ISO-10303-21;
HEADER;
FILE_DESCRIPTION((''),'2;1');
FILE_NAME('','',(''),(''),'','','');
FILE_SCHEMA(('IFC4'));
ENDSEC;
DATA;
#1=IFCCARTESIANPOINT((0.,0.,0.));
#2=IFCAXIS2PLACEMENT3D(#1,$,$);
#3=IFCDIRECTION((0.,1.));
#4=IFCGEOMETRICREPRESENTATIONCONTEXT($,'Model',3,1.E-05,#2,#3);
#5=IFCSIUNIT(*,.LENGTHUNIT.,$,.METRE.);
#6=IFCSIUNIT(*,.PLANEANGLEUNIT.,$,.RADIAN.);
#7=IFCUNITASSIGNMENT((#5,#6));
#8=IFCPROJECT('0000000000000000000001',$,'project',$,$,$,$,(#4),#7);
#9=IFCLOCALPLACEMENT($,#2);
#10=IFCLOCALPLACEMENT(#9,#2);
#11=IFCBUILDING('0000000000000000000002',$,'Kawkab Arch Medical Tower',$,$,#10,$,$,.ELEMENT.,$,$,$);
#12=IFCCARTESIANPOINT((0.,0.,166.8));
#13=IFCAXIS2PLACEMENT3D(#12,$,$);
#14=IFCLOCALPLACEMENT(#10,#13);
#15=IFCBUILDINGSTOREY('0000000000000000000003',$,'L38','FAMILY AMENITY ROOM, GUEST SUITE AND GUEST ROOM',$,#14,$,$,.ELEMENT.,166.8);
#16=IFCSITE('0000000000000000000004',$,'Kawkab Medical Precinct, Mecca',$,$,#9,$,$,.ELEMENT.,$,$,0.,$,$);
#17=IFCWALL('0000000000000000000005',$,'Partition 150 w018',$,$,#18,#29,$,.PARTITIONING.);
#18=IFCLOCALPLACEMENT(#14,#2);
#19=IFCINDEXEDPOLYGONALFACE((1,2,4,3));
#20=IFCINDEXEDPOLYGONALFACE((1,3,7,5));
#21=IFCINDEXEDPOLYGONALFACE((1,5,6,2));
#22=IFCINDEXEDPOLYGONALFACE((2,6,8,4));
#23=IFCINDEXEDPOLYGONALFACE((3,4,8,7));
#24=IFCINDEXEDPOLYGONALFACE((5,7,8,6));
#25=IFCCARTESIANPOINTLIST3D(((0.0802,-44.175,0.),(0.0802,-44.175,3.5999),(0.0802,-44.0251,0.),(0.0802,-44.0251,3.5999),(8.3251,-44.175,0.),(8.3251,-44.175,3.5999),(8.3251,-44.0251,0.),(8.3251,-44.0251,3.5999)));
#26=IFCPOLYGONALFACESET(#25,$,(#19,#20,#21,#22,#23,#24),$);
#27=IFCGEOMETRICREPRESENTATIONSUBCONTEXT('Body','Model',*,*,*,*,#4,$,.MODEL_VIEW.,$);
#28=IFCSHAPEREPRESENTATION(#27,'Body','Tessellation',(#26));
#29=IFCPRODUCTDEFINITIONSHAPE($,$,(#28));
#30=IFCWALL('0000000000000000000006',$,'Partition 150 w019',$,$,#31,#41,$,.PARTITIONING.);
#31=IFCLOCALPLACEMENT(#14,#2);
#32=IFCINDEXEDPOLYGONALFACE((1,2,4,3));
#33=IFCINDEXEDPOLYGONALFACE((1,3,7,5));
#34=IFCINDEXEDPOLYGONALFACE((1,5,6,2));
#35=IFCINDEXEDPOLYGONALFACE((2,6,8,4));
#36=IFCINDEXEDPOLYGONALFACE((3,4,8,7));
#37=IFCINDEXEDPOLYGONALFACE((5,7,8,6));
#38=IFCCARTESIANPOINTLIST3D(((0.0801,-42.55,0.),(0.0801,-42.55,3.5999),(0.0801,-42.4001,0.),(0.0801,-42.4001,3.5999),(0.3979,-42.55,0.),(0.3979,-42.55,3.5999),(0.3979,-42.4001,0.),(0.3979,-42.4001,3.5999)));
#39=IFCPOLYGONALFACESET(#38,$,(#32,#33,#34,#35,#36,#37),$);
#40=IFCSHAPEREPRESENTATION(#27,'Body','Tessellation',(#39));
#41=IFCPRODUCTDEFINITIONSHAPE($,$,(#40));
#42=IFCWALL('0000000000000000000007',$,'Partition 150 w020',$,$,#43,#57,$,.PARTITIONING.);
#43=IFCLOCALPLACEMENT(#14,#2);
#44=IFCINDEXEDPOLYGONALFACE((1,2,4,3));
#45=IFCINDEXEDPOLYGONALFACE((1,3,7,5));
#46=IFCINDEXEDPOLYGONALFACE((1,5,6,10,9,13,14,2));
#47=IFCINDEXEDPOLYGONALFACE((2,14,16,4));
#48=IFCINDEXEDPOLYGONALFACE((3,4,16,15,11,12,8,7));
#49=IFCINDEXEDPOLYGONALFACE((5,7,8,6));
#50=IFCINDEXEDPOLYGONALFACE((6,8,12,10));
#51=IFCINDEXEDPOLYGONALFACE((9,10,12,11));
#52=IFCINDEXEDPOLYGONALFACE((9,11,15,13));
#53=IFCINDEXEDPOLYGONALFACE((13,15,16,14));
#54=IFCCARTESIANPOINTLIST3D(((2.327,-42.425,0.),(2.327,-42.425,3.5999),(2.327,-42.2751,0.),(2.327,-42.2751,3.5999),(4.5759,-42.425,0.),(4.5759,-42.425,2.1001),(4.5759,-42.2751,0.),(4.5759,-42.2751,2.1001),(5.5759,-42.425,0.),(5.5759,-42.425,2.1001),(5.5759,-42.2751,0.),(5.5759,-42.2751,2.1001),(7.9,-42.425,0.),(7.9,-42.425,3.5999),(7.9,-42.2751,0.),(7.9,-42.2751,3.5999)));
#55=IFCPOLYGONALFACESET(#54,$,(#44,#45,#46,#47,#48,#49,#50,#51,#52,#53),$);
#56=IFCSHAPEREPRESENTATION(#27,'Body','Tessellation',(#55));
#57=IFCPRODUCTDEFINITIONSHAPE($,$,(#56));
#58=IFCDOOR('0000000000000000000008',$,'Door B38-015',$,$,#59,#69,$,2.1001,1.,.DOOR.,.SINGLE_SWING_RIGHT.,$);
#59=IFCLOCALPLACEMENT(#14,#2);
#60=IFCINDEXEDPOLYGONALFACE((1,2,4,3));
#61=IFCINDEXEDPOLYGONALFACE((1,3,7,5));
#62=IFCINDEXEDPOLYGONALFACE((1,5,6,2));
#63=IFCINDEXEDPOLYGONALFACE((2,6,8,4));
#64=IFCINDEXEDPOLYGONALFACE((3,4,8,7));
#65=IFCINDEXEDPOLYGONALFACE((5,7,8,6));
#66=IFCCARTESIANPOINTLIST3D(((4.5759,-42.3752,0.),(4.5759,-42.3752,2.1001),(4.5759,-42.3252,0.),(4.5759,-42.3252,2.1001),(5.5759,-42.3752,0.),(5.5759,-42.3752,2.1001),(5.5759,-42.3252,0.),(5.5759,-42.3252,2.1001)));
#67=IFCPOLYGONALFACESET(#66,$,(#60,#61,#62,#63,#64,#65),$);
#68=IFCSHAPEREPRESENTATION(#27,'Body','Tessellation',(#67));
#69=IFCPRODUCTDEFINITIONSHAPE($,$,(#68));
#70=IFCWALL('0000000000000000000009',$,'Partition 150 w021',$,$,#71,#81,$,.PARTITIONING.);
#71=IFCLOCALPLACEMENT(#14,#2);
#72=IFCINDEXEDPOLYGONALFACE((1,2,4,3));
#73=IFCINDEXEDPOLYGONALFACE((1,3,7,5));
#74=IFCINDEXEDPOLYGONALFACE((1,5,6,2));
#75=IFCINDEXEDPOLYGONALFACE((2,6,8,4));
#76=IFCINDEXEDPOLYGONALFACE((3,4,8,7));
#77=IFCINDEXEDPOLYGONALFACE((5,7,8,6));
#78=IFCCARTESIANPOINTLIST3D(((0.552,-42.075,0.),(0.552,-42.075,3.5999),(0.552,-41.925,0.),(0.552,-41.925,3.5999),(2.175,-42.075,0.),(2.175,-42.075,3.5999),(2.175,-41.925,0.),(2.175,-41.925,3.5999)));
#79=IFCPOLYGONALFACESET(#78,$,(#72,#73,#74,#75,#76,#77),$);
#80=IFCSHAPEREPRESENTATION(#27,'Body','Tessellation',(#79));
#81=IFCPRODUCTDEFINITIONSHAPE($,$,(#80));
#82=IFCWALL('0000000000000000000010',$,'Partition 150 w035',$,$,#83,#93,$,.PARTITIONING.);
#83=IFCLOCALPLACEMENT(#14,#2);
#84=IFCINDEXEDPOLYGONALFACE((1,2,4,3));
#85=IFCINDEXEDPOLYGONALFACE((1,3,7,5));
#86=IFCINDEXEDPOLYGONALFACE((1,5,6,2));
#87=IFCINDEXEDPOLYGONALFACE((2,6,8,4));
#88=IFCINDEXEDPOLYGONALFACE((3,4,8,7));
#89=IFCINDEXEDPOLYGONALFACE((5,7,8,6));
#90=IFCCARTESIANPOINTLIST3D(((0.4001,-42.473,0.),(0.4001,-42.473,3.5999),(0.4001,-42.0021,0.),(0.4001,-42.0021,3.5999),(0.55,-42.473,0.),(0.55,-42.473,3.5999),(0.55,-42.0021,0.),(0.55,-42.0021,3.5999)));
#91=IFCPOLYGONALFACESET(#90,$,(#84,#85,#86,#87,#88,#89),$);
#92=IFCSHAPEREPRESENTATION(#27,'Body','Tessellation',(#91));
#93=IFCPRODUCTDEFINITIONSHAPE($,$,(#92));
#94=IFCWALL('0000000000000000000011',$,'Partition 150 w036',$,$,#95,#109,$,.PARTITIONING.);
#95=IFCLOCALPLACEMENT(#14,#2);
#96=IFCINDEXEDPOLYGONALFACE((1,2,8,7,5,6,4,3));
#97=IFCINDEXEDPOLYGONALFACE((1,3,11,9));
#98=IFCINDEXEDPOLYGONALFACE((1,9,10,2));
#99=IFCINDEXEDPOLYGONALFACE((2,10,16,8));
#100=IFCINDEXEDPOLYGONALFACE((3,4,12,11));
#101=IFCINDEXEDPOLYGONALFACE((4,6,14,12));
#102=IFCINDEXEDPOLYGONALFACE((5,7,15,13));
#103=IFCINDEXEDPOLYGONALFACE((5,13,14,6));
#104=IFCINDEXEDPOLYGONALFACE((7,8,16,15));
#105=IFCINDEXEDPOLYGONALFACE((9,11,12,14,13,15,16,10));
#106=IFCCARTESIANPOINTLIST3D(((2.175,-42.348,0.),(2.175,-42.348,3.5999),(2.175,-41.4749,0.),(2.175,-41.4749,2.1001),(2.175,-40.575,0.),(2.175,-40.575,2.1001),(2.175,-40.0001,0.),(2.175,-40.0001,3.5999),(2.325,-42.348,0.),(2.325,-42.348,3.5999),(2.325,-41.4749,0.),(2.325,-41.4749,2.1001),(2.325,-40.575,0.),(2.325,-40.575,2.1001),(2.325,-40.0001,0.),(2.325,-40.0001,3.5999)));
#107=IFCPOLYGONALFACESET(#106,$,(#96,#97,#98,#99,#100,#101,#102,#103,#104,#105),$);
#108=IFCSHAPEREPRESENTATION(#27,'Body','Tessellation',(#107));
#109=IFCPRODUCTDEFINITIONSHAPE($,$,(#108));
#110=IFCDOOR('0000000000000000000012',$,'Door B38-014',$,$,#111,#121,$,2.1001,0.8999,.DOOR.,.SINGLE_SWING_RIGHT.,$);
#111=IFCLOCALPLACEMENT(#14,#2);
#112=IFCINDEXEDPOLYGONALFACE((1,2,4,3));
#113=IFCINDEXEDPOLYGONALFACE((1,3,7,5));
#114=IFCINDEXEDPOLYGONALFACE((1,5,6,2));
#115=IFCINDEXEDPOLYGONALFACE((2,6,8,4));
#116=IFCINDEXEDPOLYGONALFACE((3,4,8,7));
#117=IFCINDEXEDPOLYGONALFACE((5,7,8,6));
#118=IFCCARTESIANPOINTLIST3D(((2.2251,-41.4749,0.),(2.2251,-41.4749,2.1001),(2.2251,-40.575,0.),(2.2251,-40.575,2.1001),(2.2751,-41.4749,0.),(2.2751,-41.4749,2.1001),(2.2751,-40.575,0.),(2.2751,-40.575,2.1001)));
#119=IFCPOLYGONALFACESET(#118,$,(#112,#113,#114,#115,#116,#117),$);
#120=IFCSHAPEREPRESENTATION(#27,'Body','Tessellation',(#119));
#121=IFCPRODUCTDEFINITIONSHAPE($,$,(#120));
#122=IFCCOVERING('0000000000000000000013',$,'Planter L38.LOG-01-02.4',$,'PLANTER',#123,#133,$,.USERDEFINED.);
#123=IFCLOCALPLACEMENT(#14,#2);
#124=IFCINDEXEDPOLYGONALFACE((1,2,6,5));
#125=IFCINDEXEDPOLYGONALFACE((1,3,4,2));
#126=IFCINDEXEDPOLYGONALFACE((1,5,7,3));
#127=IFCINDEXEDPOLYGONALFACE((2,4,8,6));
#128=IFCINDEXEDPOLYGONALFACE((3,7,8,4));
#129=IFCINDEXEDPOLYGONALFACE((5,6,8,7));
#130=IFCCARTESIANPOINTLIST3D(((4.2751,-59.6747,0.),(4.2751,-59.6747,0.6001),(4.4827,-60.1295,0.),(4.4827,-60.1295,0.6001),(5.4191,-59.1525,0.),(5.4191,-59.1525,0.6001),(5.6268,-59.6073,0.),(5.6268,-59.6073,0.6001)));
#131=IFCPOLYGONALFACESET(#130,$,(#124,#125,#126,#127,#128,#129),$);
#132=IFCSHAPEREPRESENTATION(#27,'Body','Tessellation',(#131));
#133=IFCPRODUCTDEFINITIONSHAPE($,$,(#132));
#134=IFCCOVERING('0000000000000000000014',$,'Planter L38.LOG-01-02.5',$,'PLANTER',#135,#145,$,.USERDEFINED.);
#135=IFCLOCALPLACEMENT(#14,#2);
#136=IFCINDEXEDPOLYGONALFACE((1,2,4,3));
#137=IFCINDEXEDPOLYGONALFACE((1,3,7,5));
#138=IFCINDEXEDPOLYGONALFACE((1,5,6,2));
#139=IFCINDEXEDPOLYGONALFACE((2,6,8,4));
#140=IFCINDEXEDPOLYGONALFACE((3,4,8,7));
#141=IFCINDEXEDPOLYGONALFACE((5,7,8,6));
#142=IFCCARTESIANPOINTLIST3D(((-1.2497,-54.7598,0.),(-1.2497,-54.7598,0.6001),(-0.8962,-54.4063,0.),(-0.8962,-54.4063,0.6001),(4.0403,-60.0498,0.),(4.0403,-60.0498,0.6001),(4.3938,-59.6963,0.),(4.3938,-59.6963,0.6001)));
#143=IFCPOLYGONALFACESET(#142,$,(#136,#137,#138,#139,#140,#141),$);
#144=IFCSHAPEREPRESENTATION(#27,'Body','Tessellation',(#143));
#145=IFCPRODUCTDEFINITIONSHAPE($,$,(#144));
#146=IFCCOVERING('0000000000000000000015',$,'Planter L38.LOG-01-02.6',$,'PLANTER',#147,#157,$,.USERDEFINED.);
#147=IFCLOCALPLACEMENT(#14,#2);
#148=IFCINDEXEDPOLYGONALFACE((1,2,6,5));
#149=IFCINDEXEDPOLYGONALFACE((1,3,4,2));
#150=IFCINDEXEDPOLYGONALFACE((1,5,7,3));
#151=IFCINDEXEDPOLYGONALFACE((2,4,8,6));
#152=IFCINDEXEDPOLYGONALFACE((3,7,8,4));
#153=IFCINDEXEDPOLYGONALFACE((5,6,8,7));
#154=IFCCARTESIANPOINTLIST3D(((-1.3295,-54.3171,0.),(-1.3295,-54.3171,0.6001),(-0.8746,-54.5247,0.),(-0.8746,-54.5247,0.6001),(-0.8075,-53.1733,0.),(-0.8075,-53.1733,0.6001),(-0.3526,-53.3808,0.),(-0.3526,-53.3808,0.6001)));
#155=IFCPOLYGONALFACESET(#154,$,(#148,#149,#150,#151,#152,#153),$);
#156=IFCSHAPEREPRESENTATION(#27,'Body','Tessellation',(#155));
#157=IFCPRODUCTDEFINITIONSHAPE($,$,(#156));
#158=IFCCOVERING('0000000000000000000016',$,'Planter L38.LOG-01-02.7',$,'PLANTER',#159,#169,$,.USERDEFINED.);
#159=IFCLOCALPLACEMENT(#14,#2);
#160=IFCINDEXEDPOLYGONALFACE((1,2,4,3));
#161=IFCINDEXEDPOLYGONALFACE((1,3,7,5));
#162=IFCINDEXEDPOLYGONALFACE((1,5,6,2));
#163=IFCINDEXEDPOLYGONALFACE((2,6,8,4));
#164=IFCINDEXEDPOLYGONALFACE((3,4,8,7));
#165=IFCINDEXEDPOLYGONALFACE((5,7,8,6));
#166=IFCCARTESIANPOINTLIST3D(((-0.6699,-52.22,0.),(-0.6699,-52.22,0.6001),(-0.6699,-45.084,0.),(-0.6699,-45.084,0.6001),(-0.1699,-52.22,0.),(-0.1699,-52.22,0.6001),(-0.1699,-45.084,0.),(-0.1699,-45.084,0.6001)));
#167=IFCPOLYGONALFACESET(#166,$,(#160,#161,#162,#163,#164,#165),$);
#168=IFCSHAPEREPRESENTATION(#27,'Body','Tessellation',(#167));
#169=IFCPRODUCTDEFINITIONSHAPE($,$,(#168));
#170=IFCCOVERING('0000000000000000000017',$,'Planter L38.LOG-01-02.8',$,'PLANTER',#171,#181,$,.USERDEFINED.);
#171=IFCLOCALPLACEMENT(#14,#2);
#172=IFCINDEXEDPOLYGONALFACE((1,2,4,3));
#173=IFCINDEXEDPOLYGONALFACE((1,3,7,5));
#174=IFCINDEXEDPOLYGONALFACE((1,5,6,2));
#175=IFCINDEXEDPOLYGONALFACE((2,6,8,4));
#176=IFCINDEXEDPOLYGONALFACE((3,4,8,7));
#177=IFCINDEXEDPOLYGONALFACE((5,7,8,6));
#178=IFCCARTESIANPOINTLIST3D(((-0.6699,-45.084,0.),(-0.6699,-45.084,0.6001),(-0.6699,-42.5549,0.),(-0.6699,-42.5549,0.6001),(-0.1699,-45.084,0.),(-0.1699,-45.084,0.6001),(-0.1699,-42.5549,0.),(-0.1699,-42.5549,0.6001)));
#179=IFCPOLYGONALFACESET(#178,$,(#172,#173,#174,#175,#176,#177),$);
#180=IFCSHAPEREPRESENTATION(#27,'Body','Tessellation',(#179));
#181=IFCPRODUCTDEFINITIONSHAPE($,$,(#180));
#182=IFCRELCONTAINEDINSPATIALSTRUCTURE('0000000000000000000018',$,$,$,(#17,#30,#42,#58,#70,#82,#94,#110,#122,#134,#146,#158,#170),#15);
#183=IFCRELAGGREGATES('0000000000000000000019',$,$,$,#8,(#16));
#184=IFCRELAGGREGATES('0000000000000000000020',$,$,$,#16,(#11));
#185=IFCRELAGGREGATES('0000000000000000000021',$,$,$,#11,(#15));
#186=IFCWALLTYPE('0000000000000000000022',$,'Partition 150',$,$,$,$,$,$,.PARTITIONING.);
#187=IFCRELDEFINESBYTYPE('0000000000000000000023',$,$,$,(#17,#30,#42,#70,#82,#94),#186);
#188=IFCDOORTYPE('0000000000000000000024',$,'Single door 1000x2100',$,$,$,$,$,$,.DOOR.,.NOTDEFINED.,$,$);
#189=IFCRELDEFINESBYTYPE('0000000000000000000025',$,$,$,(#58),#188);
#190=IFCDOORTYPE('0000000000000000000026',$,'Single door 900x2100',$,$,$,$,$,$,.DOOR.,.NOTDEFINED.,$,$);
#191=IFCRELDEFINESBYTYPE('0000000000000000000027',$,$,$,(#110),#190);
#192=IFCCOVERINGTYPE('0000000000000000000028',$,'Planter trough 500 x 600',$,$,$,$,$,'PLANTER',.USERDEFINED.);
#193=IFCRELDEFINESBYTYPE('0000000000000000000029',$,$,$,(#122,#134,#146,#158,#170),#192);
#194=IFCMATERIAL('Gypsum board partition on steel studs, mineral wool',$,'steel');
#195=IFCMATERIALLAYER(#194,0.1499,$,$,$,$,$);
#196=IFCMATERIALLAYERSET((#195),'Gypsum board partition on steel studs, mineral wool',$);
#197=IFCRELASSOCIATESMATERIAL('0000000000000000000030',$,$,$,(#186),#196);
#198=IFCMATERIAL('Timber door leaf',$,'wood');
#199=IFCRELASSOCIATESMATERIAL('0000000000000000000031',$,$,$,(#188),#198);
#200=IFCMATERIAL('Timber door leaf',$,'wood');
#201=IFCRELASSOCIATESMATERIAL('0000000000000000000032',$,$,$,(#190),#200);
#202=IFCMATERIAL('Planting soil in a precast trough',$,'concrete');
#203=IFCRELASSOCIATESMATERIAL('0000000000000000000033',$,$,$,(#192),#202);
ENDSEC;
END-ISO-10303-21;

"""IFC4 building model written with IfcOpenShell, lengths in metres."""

from ifc_helpers import new_model, si_unit, direction, frame, frame_2d, origin, origin_2d, place, context, subcontext, project, spatial, rectangle, extrude, material, layer, layer_set, material_profile, profile_set, type_object, element, fill, save


model = new_model("IFC4")

# Units and contexts
model_context = context("Model", 3, precision=1e-05, world=origin(), true_north=direction((0.0, 1.0)))
body_context = subcontext(model_context, "Body", "Model", "MODEL_VIEW")
ifc_project = project(units=[si_unit("LENGTHUNIT", "METRE"), si_unit("PLANEANGLEUNIT", "RADIAN")], contexts=[model_context])

# Site, building, storey
site_placement = place(None, origin())
site = spatial("IfcSite", under=ifc_project, at=site_placement, Name="Kawkab Medical Precinct, Mecca", CompositionType="ELEMENT", RefElevation=0.0)
building_placement = place(site_placement, origin())
building = spatial("IfcBuilding", under=site, at=building_placement, Name="Kawkab Arch Medical Tower", CompositionType="ELEMENT")
storey_placement = place(building_placement, frame((0.0, 0.0, 166.8)))
storey = spatial("IfcBuildingStorey", under=building, at=storey_placement, Name="L38", Description="FAMILY AMENITY ROOM, GUEST SUITE AND GUEST ROOM", CompositionType="ELEMENT", Elevation=166.8)

# Walls
ifc_material_1 = material(Name="Gypsum board partition on steel studs, mineral wool", Category="steel")
ifc_layer_1 = layer(ifc_material_1, 0.1499)
ifc_layer_set_1 = layer_set([ifc_layer_1], Name="Gypsum board partition on steel studs, mineral wool")
wall_type = type_object("IfcWallType", Name="Partition 150", PredefinedType="PARTITIONING", material=ifc_layer_set_1)
for number, where, z_axis, x_axis, name in (
    (1, (0.0801, -44.1001, 0.0), (0.0, 0.0, 1.0), (1.0, 0.0, 0.0), "Partition 150 w018"),
):
    element("IfcWall", number, at=place(storey_placement, frame(where, z_axis=z_axis, x_axis=x_axis)), inside=storey, type_object=wall_type, Name=name, PredefinedType="PARTITIONING", context=body_context, shape_type="SweptSolid", body=[
        extrude(rectangle(XDim=8.2449, YDim=0.1499, at=frame_2d((4.1226, 0.0))), origin(), (0.0, 0.0, 1.0), 3.5999),
    ])
wall_1_placement = place(storey_placement, frame((0.0801, -42.4751, 0.0), z_axis=(0.0, 0.0, 1.0), x_axis=(1.0, 0.0, 0.0)))
element("IfcWall", 2, at=wall_1_placement, inside=storey, type_object=wall_type, Name="Partition 150 w019", PredefinedType="PARTITIONING", context=body_context, shape_type="SweptSolid", body=[
    extrude(rectangle(XDim=0.3179, YDim=0.1499, at=frame_2d((0.1589, 0.0))), origin(), (0.0, 0.0, 1.0), 3.5999),
])

# Wall, opening, door
wall_2_placement = place(storey_placement, frame((2.3269, -42.3501, 0.0), z_axis=(0.0, 0.0, 1.0), x_axis=(1.0, 0.0, 0.0)))
wall_2 = element("IfcWall", 3, at=wall_2_placement, inside=storey, type_object=wall_type, Name="Partition 150 w020", PredefinedType="PARTITIONING", context=body_context, shape_type="SweptSolid", body=[
    extrude(rectangle(XDim=5.573, YDim=0.1499, at=frame_2d((2.7866, 0.0))), origin(), (0.0, 0.0, 1.0), 3.5999),
])
opening_1_placement = place(wall_2_placement, frame((2.249, 0.0, 0.0)))
opening_1 = element("IfcOpeningElement", 4, at=opening_1_placement, cuts=wall_2, PredefinedType="OPENING", context=body_context, shape_type="SweptSolid", body=[
    extrude(rectangle(XDim=1.0, YDim=2.1001, at=frame_2d((0.5, 1.05))), frame((0.0, 0.085, 0.0), z_axis=(0.0, -1.0, 0.0), x_axis=(1.0, 0.0, 0.0)), (0.0, 0.0, 1.0), 0.1699),
])
ifc_material_2 = material(Name="Timber door leaf", Category="wood")
door_type_1 = type_object("IfcDoorType", Name="Single door 1000x2100", OperationType="NOTDEFINED", PredefinedType="DOOR", material=ifc_material_2)
door_1_placement = place(opening_1_placement, origin())
door_1 = element("IfcDoor", 5, at=door_1_placement, inside=storey, type_object=door_type_1, Name="Door B38-015", OperationType="SINGLE_SWING_RIGHT", OverallHeight=2.1001, OverallWidth=1.0, PredefinedType="DOOR", context=body_context, shape_type="SweptSolid", body=[
    extrude(rectangle(XDim=1.0, YDim=2.1001, at=frame_2d((0.5, 1.05))), frame((0.0, 0.0249, 0.0), z_axis=(0.0, -1.0, 0.0), x_axis=(1.0, 0.0, 0.0)), (0.0, 0.0, 1.0), 0.05),
])
fill(opening_1, door_1)

# Walls
wall_3_placement = place(storey_placement, frame((0.552, -42.0, 0.0), z_axis=(0.0, 0.0, 1.0), x_axis=(1.0, 0.0, 0.0)))
element("IfcWall", 6, at=wall_3_placement, inside=storey, type_object=wall_type, Name="Partition 150 w021", PredefinedType="PARTITIONING", context=body_context, shape_type="SweptSolid", body=[
    extrude(rectangle(XDim=1.623, YDim=0.1499, at=frame_2d((0.8115, 0.0))), origin(), (0.0, 0.0, 1.0), 3.5999),
])
wall_4_placement = place(storey_placement, frame((0.4751, -42.4729, 0.0), z_axis=(0.0, 0.0, 1.0), x_axis=(0.0, 1.0, 0.0)))
element("IfcWall", 7, at=wall_4_placement, inside=storey, type_object=wall_type, Name="Partition 150 w035", PredefinedType="PARTITIONING", context=body_context, shape_type="SweptSolid", body=[
    extrude(rectangle(XDim=0.4709, YDim=0.1499, at=frame_2d((0.2354, 0.0))), origin(), (0.0, 0.0, 1.0), 3.5999),
])

# Wall, opening, door
wall_5_placement = place(storey_placement, frame((2.25, -42.3479, 0.0), z_axis=(0.0, 0.0, 1.0), x_axis=(0.0, 1.0, 0.0)))
wall_5 = element("IfcWall", 8, at=wall_5_placement, inside=storey, type_object=wall_type, Name="Partition 150 w036", PredefinedType="PARTITIONING", context=body_context, shape_type="SweptSolid", body=[
    extrude(rectangle(XDim=2.3479, YDim=0.1499, at=frame_2d((1.1738, 0.0))), origin(), (0.0, 0.0, 1.0), 3.5999),
])
opening_2_placement = place(wall_5_placement, frame((0.873, 0.0, 0.0)))
opening_2 = element("IfcOpeningElement", 9, at=opening_2_placement, cuts=wall_5, PredefinedType="OPENING", context=body_context, shape_type="SweptSolid", body=[
    extrude(rectangle(XDim=0.8999, YDim=2.1001, at=frame_2d((0.45, 1.05))), frame((0.0, 0.085, 0.0), z_axis=(0.0, -1.0, 0.0), x_axis=(1.0, 0.0, 0.0)), (0.0, 0.0, 1.0), 0.1699),
])
ifc_material_3 = material(Name="Timber door leaf", Category="wood")
door_type_2 = type_object("IfcDoorType", Name="Single door 900x2100", OperationType="NOTDEFINED", PredefinedType="DOOR", material=ifc_material_3)
door_2_placement = place(opening_2_placement, origin())
door_2 = element("IfcDoor", 10, at=door_2_placement, inside=storey, type_object=door_type_2, Name="Door B38-014", OperationType="SINGLE_SWING_RIGHT", OverallHeight=2.1001, OverallWidth=0.8999, PredefinedType="DOOR", context=body_context, shape_type="SweptSolid", body=[
    extrude(rectangle(XDim=0.8999, YDim=2.1001, at=frame_2d((0.45, 1.05))), frame((0.0, 0.0249, 0.0), z_axis=(0.0, -1.0, 0.0), x_axis=(1.0, 0.0, 0.0)), (0.0, 0.0, 1.0), 0.05),
])
fill(opening_2, door_2)

# Coverings
ifc_material_4 = material(Name="Planting soil in a precast trough", Category="concrete")
ifc_material_profile_1 = material_profile(ifc_material_4, rectangle(XDim=0.5, YDim=0.6001, at=origin_2d()), Name="Trough 500x600")
ifc_profile_set_1 = profile_set([ifc_material_profile_1], Name="Planting soil in a precast trough")
covering_type = type_object("IfcCoveringType", Name="Planter trough 500 x 600", ElementType="PLANTER", PredefinedType="USERDEFINED", material=ifc_profile_set_1)
covering_1_placement = place(storey_placement, frame((5.5229, -59.3799, 0.3), z_axis=(-0.909707, -0.41525, 0.0), x_axis=(0.41525, -0.909707, 0.0)))
element("IfcCovering", 11, at=covering_1_placement, inside=storey, type_object=covering_type, Name="Planter L38.LOG-01-02.4", ObjectType="PLANTER", PredefinedType="USERDEFINED", context=body_context, shape_type="SweptSolid", body=[
    extrude(rectangle(XDim=0.5, YDim=0.6001, at=origin_2d()), origin(), (0.0, 0.0, 1.0), 1.2576),
])
covering_2_placement = place(storey_placement, frame((4.217, -59.873, 0.3), z_axis=(-0.707107, 0.707107, 0.0), x_axis=(-0.707107, -0.707107, 0.0)))
element("IfcCovering", 12, at=covering_2_placement, inside=storey, type_object=covering_type, Name="Planter L38.LOG-01-02.5", ObjectType="PLANTER", PredefinedType="USERDEFINED", context=body_context, shape_type="SweptSolid", body=[
    extrude(rectangle(XDim=0.5, YDim=0.6001, at=origin_2d()), origin(), (0.0, 0.0, 1.0), 7.4812),
])
covering_3_placement = place(storey_placement, frame((-1.1021, -54.4209, 0.3), z_axis=(0.415163, 0.909747, 0.0), x_axis=(-0.909747, 0.415163, 0.0)))
element("IfcCovering", 13, at=covering_3_placement, inside=storey, type_object=covering_type, Name="Planter L38.LOG-01-02.6", ObjectType="PLANTER", PredefinedType="USERDEFINED", context=body_context, shape_type="SweptSolid", body=[
    extrude(rectangle(XDim=0.5, YDim=0.6001, at=origin_2d()), origin(), (0.0, 0.0, 1.0), 1.2573),
])
covering_4_placement = place(storey_placement, frame((-0.4199, -52.22, 0.3), z_axis=(0.0, 1.0, 0.0), x_axis=(-1.0, 0.0, 0.0)))
element("IfcCovering", 14, at=covering_4_placement, inside=storey, type_object=covering_type, Name="Planter L38.LOG-01-02.7", ObjectType="PLANTER", PredefinedType="USERDEFINED", context=body_context, shape_type="SweptSolid", body=[
    extrude(rectangle(XDim=0.5, YDim=0.6001, at=origin_2d()), origin(), (0.0, 0.0, 1.0), 7.136),
])
covering_5_placement = place(storey_placement, frame((-0.4199, -45.084, 0.3), z_axis=(0.0, 1.0, 0.0), x_axis=(-1.0, 0.0, 0.0)))
element("IfcCovering", 15, at=covering_5_placement, inside=storey, type_object=covering_type, Name="Planter L38.LOG-01-02.8", ObjectType="PLANTER", PredefinedType="USERDEFINED", context=body_context, shape_type="SweptSolid", body=[
    extrude(rectangle(XDim=0.5, YDim=0.6001, at=origin_2d()), origin(), (0.0, 0.0, 1.0), 2.5291),
])

save(model, "model.ifc")
